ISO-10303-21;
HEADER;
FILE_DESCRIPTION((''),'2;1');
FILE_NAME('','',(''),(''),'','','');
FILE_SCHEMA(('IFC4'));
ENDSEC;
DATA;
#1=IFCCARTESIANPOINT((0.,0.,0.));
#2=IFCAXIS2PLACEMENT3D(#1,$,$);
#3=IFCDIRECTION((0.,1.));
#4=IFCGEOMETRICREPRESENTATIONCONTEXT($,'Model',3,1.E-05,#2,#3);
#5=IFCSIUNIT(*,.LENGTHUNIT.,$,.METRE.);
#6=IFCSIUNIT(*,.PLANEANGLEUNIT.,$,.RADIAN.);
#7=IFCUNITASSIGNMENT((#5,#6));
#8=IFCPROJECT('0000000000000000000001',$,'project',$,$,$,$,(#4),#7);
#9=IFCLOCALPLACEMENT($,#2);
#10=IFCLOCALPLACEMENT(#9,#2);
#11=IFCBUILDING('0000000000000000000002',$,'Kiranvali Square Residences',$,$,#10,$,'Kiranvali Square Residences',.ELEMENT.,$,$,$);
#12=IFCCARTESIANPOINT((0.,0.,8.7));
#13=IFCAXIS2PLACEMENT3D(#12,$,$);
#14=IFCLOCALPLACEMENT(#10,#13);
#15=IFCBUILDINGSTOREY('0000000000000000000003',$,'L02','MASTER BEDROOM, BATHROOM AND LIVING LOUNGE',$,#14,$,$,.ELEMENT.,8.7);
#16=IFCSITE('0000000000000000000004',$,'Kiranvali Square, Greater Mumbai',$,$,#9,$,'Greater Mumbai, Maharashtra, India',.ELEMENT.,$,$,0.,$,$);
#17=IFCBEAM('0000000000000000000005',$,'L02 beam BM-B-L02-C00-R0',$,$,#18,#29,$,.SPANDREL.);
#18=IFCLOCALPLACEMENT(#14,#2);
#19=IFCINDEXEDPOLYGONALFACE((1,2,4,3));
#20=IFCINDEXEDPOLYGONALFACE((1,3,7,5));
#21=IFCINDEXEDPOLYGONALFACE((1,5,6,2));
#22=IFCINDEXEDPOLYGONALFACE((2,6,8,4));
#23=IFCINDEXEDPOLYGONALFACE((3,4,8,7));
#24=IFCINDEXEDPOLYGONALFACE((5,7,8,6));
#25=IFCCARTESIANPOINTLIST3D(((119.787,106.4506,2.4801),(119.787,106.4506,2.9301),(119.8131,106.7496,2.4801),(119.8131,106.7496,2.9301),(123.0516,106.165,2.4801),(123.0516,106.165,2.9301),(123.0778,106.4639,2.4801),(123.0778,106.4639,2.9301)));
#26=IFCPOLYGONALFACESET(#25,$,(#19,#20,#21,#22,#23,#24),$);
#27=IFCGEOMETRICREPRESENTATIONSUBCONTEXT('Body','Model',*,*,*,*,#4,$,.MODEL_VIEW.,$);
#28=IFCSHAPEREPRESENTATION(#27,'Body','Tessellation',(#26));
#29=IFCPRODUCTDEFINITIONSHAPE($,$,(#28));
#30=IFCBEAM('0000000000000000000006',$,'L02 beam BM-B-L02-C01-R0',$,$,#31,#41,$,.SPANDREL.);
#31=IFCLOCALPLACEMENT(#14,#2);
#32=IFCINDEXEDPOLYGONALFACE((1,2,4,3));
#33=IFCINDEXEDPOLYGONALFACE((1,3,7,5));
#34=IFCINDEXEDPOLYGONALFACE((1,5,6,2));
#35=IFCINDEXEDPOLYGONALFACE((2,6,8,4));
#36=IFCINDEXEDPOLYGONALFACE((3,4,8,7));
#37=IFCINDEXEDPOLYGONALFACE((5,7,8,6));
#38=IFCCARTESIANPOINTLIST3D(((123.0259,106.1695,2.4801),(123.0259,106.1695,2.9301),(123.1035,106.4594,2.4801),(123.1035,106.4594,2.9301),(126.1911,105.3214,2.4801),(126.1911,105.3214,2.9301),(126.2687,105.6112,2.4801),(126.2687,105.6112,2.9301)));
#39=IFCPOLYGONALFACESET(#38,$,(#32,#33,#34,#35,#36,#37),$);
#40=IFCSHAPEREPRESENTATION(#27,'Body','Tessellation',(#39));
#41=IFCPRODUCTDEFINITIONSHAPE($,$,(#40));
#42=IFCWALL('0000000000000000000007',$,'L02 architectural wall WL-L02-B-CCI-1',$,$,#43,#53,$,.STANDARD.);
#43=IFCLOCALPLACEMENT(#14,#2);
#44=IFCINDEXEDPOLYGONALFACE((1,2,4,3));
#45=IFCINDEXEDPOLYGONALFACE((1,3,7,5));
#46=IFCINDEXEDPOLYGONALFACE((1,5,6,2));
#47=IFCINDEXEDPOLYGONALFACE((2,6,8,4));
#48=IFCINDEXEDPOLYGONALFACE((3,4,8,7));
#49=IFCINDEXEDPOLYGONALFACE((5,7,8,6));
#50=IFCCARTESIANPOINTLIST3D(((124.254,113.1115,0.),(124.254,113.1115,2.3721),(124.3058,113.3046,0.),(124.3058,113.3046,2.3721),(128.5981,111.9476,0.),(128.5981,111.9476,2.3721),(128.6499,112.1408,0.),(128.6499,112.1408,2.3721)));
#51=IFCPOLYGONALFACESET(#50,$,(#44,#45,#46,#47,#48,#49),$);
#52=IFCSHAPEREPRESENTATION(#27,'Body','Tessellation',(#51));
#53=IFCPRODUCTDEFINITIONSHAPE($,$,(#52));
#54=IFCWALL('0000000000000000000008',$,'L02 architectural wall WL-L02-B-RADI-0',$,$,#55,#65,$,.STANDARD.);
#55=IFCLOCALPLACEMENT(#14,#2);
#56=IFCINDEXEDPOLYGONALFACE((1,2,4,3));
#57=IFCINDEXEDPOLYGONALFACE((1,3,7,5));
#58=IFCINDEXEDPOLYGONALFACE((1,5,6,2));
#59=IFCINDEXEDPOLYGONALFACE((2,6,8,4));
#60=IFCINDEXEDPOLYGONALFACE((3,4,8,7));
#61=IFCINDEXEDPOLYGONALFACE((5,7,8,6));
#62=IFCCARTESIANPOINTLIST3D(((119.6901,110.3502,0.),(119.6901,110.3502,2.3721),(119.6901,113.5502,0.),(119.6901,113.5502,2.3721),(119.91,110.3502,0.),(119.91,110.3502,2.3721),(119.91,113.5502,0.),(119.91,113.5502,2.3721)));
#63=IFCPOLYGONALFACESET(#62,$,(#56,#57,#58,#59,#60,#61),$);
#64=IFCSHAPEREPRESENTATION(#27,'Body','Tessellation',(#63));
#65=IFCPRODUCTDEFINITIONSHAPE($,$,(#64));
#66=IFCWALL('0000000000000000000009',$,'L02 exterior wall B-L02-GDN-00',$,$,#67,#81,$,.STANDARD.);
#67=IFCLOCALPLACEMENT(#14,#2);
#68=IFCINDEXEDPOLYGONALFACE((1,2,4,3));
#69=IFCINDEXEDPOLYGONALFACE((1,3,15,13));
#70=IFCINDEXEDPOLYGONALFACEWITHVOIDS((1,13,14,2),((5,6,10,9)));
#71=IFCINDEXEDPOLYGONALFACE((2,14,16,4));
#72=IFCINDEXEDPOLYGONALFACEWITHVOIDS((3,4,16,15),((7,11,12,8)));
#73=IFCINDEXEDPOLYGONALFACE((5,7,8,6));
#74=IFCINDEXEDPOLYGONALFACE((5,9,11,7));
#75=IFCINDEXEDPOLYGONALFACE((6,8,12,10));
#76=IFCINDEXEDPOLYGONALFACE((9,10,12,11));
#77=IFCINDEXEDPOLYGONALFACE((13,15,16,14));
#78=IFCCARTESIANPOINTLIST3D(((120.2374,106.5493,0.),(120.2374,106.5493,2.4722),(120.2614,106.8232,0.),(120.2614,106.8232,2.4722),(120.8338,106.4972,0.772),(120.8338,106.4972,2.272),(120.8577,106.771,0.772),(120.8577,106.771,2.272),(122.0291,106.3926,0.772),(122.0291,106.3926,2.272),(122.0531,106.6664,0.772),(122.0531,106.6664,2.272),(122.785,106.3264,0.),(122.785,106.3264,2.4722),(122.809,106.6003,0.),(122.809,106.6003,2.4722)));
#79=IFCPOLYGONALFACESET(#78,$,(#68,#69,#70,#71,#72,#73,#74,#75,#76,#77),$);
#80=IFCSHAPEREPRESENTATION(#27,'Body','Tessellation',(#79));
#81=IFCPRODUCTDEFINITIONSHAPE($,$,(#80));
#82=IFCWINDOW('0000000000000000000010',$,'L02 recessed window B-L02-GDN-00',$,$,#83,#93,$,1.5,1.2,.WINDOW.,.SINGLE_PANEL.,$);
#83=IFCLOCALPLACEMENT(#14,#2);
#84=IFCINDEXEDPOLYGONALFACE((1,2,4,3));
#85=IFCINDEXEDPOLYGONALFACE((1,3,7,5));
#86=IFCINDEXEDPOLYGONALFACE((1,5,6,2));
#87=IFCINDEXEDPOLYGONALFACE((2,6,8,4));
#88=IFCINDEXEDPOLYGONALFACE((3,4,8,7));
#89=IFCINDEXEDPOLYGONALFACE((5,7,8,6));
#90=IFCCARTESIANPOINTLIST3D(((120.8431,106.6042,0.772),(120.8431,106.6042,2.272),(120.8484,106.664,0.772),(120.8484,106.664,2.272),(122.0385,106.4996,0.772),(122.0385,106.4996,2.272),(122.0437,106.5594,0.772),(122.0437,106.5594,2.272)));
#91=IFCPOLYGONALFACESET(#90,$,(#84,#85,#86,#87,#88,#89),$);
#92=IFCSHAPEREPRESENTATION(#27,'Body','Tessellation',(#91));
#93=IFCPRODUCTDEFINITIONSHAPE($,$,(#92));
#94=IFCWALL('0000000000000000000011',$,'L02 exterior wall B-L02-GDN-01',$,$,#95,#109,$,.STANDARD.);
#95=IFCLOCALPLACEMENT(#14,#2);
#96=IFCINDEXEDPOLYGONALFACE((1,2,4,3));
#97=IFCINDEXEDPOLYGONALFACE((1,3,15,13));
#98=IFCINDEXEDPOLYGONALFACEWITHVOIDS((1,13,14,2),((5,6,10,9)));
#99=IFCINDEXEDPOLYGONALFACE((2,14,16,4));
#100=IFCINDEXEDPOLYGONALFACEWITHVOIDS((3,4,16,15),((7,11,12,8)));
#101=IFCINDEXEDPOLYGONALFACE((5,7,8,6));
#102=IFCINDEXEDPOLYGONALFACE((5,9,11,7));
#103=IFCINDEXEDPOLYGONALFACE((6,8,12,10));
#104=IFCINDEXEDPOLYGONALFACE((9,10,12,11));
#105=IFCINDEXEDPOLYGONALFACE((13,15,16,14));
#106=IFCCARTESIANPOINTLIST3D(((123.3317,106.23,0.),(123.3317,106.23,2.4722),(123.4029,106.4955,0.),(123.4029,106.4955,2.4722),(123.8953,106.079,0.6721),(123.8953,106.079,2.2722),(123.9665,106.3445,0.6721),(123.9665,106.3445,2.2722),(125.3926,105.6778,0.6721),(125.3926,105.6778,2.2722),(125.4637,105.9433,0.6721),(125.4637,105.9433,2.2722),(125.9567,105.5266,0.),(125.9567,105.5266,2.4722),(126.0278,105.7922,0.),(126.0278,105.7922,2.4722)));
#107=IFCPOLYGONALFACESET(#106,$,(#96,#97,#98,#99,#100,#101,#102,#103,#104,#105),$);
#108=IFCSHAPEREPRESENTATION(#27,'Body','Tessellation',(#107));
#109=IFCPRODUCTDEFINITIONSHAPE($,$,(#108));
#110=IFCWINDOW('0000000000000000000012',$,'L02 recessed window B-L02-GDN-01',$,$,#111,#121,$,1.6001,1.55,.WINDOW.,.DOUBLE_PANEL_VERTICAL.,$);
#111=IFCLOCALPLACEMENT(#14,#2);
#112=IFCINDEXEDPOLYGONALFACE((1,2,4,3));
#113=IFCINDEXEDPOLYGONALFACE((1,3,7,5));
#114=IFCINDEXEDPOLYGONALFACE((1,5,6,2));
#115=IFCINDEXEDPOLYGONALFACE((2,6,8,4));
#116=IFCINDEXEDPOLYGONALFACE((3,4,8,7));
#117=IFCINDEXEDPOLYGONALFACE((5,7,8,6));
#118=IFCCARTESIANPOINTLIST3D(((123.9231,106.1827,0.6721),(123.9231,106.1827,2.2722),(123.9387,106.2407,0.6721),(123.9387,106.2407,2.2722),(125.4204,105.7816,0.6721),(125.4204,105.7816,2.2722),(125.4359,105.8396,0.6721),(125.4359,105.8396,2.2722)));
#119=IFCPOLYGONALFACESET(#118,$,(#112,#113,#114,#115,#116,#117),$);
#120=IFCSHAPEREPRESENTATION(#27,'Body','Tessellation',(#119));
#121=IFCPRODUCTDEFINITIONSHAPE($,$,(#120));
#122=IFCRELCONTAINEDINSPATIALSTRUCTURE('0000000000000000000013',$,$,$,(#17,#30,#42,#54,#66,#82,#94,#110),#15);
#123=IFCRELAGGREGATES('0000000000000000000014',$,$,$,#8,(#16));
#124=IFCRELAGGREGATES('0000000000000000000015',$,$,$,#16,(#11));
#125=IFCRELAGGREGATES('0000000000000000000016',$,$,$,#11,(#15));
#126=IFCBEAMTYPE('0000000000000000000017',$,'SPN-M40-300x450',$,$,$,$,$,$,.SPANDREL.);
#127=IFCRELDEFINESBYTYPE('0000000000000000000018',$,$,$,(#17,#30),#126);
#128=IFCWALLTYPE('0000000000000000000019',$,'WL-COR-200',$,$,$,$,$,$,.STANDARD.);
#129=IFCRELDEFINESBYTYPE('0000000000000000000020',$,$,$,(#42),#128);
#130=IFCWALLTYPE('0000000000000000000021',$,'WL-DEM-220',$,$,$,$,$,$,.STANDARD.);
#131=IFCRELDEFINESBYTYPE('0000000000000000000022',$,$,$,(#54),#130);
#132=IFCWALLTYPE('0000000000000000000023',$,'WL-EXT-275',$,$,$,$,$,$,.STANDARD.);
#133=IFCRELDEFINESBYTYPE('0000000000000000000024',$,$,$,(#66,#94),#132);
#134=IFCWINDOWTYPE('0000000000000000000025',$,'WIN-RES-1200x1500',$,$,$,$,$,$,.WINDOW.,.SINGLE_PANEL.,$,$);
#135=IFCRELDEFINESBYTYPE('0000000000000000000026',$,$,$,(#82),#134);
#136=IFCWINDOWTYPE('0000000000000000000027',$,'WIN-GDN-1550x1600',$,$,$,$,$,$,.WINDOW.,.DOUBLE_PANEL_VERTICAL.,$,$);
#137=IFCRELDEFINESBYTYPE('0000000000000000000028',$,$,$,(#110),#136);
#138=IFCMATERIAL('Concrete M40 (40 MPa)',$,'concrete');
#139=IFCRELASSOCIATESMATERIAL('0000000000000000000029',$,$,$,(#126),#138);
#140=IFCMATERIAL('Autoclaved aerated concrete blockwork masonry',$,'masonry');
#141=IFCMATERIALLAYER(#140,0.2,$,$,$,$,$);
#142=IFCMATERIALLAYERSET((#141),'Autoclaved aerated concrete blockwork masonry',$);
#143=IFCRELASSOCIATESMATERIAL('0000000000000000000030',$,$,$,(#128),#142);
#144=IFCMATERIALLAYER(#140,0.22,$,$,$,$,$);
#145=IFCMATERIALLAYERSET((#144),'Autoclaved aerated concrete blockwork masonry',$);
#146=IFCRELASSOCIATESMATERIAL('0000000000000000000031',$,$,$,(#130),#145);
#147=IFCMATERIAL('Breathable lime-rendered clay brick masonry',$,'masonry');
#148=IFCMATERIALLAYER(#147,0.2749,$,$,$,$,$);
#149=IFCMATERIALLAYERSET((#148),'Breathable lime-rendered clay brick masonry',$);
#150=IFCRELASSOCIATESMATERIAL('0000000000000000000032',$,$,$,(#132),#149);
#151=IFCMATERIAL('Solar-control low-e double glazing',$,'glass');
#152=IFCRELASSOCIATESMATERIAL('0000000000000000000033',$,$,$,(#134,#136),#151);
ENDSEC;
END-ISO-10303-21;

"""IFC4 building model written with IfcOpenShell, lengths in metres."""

from ifc_helpers import new_model, si_unit, direction, frame, frame_2d, origin, origin_2d, place, context, subcontext, project, spatial, rectangle, extrude, material, layer, layer_set, material_profile, profile_set, type_object, element, fill, save


model = new_model("IFC4")

# Units and contexts
model_context = context("Model", 3, precision=1e-05, world=origin(), true_north=direction((0.0, 1.0)))
body_context = subcontext(model_context, "Body", "Model", "MODEL_VIEW")
ifc_project = project(units=[si_unit("LENGTHUNIT", "METRE"), si_unit("PLANEANGLEUNIT", "RADIAN")], contexts=[model_context])

# Site, building, storey
site_placement = place(None, origin())
site = spatial("IfcSite", under=ifc_project, at=site_placement, Name="Kiranvali Square, Greater Mumbai", LongName="Greater Mumbai, Maharashtra, India", CompositionType="ELEMENT", RefElevation=0.0)
building_placement = place(site_placement, origin())
building = spatial("IfcBuilding", under=site, at=building_placement, Name="Kiranvali Square Residences", LongName="Kiranvali Square Residences", CompositionType="ELEMENT")
storey_placement = place(building_placement, frame((0.0, 0.0, 8.7)))
storey = spatial("IfcBuildingStorey", under=building, at=storey_placement, Name="L02", Description="MASTER BEDROOM, BATHROOM AND LIVING LOUNGE", CompositionType="ELEMENT", Elevation=8.7)

# Beams
ifc_material_1 = material(Name="Concrete M40 (40 MPa)", Category="concrete")
ifc_material_profile_1 = material_profile(ifc_material_1, rectangle(XDim=0.3, YDim=0.45, at=origin_2d()), Name="RC 300x450")
ifc_profile_set_1 = profile_set([ifc_material_profile_1], Name="Concrete M40 (40 MPa)")
beam_type_1 = type_object("IfcBeamType", Name="SPN-M40-300x450", PredefinedType="SPANDREL", material=ifc_profile_set_1)
beam_1_placement = place(storey_placement, frame((119.8, 106.6001, 2.7051), z_axis=(0.996194, -0.087163, 0.0), x_axis=(0.087163, 0.996194, 0.0)))
element("IfcBeam", 1, at=beam_1_placement, inside=storey, type_object=beam_type_1, Name="L02 beam BM-B-L02-C00-R0", PredefinedType="SPANDREL", context=body_context, shape_type="SweptSolid", body=[
    extrude(rectangle(XDim=0.3, YDim=0.45, at=origin_2d()), origin(), (0.0, 0.0, 1.0), 3.2771),
])
beam_2_placement = place(storey_placement, frame((123.0647, 106.3145, 2.7051), z_axis=(0.965925, -0.258822, 0.0), x_axis=(0.258822, 0.965925, 0.0)))
element("IfcBeam", 2, at=beam_2_placement, inside=storey, type_object=beam_type_1, Name="L02 beam BM-B-L02-C01-R0", PredefinedType="SPANDREL", context=body_context, shape_type="SweptSolid", body=[
    extrude(rectangle(XDim=0.3, YDim=0.45, at=origin_2d()), origin(), (0.0, 0.0, 1.0), 3.2769),
])

# Shared definitions
ifc_material_2 = material(Name="Autoclaved aerated concrete blockwork masonry", Category="masonry")
ifc_layer_1 = layer(ifc_material_2, 0.2)
ifc_layer_set_1 = layer_set([ifc_layer_1], Name="Autoclaved aerated concrete blockwork masonry")
wall_type_1 = type_object("IfcWallType", Name="WL-COR-200", PredefinedType="STANDARD", material=ifc_layer_set_1)

# Walls
wall_1_placement = place(storey_placement, frame((124.28, 113.208, 0.0), z_axis=(0.0, 0.0, 1.0), x_axis=(0.965934, -0.258788, 0.0)))
element("IfcWall", 3, at=wall_1_placement, inside=storey, type_object=wall_type_1, Name="L02 architectural wall WL-L02-B-CCI-1", PredefinedType="STANDARD", context=body_context, shape_type="SweptSolid", body=[
    extrude(rectangle(XDim=4.4973, YDim=0.2, at=frame_2d((2.2485, 0.0))), origin(), (0.0, 0.0, 1.0), 2.3721),
])
ifc_layer_2 = layer(ifc_material_2, 0.22)
ifc_layer_set_2 = layer_set([ifc_layer_2], Name="Autoclaved aerated concrete blockwork masonry")
wall_type_2 = type_object("IfcWallType", Name="WL-DEM-220", PredefinedType="STANDARD", material=ifc_layer_set_2)
wall_2_placement = place(storey_placement, frame((119.8, 110.3501, 0.0), z_axis=(0.0, 0.0, 1.0), x_axis=(0.0, 1.0, 0.0)))
element("IfcWall", 4, at=wall_2_placement, inside=storey, type_object=wall_type_2, Name="L02 architectural wall WL-L02-B-RADI-0", PredefinedType="STANDARD", context=body_context, shape_type="SweptSolid", body=[
    extrude(rectangle(XDim=3.2, YDim=0.22, at=frame_2d((1.6001, 0.0))), origin(), (0.0, 0.0, 1.0), 2.3721),
])

# Walls, openings, windows
ifc_material_3 = material(Name="Breathable lime-rendered clay brick masonry", Category="masonry")
ifc_layer_3 = layer(ifc_material_3, 0.2749)
ifc_layer_set_3 = layer_set([ifc_layer_3], Name="Breathable lime-rendered clay brick masonry")
wall_type_3 = type_object("IfcWallType", Name="WL-EXT-275", PredefinedType="STANDARD", material=ifc_layer_set_3)
wall_3_placement = place(storey_placement, frame((120.2493, 106.6863, 0.0), z_axis=(0.0, 0.0, 1.0), x_axis=(0.996194, -0.087161, 0.0)))
wall_3 = element("IfcWall", 5, at=wall_3_placement, inside=storey, type_object=wall_type_3, Name="L02 exterior wall B-L02-GDN-00", PredefinedType="STANDARD", context=body_context, shape_type="SweptSolid", body=[
    extrude(rectangle(XDim=2.5574, YDim=0.2749, at=frame_2d((1.2788, 0.0))), origin(), (0.0, 0.0, 1.0), 2.4722),
])
opening_1_placement = place(wall_3_placement, frame((0.5986, 0.0, 0.772)))
opening_1 = element("IfcOpeningElement", 6, at=opening_1_placement, cuts=wall_3, PredefinedType="OPENING", context=body_context, shape_type="SweptSolid", body=[
    extrude(rectangle(XDim=1.2, YDim=1.5, at=frame_2d((0.6001, 0.75))), frame((0.0, 0.1475, 0.0), z_axis=(0.0, -1.0, 0.0), x_axis=(1.0, 0.0, 0.0)), (0.0, 0.0, 1.0), 0.2949),
])
ifc_material_4 = material(Name="Solar-control low-e double glazing", Category="glass")
window_type_1 = type_object("IfcWindowType", Name="WIN-RES-1200x1500", PartitioningType="SINGLE_PANEL", PredefinedType="WINDOW", material=ifc_material_4)
window_1_placement = place(opening_1_placement, origin())
window_1 = element("IfcWindow", 7, at=window_1_placement, inside=storey, type_object=window_type_1, Name="L02 recessed window B-L02-GDN-00", OverallHeight=1.5, OverallWidth=1.2, PartitioningType="SINGLE_PANEL", PredefinedType="WINDOW", context=body_context, shape_type="SweptSolid", body=[
    extrude(rectangle(XDim=1.2, YDim=1.5, at=frame_2d((0.6001, 0.75))), frame((0.0, 0.03, 0.0), z_axis=(0.0, -1.0, 0.0), x_axis=(1.0, 0.0, 0.0)), (0.0, 0.0, 1.0), 0.0601),
])
fill(opening_1, window_1)
wall_4_placement = place(storey_placement, frame((123.3672, 106.3628, 0.0), z_axis=(0.0, 0.0, 1.0), x_axis=(0.965926, -0.25882, 0.0)))
wall_4 = element("IfcWall", 8, at=wall_4_placement, inside=storey, type_object=wall_type_3, Name="L02 exterior wall B-L02-GDN-01", PredefinedType="STANDARD", context=body_context, shape_type="SweptSolid", body=[
    extrude(rectangle(XDim=2.7175, YDim=0.2749, at=frame_2d((1.3589, 0.0))), origin(), (0.0, 0.0, 1.0), 2.4722),
])
opening_2_placement = place(wall_4_placement, frame((0.5837, 0.0, 0.6721)))
opening_2 = element("IfcOpeningElement", 9, at=opening_2_placement, cuts=wall_4, PredefinedType="OPENING", context=body_context, shape_type="SweptSolid", body=[
    extrude(rectangle(XDim=1.55, YDim=1.6001, at=frame_2d((0.7749, 0.8))), frame((0.0, 0.1475, 0.0), z_axis=(0.0, -1.0, 0.0), x_axis=(1.0, 0.0, 0.0)), (0.0, 0.0, 1.0), 0.2949),
])
window_type_2 = type_object("IfcWindowType", Name="WIN-GDN-1550x1600", PartitioningType="DOUBLE_PANEL_VERTICAL", PredefinedType="WINDOW", material=ifc_material_4)
window_2_placement = place(opening_2_placement, origin())
window_2 = element("IfcWindow", 10, at=window_2_placement, inside=storey, type_object=window_type_2, Name="L02 recessed window B-L02-GDN-01", OverallHeight=1.6001, OverallWidth=1.55, PartitioningType="DOUBLE_PANEL_VERTICAL", PredefinedType="WINDOW", context=body_context, shape_type="SweptSolid", body=[
    extrude(rectangle(XDim=1.55, YDim=1.6001, at=frame_2d((0.7749, 0.8))), frame((0.0, 0.03, 0.0), z_axis=(0.0, -1.0, 0.0), x_axis=(1.0, 0.0, 0.0)), (0.0, 0.0, 1.0), 0.0601),
])
fill(opening_2, window_2)

save(model, "model.ifc")
